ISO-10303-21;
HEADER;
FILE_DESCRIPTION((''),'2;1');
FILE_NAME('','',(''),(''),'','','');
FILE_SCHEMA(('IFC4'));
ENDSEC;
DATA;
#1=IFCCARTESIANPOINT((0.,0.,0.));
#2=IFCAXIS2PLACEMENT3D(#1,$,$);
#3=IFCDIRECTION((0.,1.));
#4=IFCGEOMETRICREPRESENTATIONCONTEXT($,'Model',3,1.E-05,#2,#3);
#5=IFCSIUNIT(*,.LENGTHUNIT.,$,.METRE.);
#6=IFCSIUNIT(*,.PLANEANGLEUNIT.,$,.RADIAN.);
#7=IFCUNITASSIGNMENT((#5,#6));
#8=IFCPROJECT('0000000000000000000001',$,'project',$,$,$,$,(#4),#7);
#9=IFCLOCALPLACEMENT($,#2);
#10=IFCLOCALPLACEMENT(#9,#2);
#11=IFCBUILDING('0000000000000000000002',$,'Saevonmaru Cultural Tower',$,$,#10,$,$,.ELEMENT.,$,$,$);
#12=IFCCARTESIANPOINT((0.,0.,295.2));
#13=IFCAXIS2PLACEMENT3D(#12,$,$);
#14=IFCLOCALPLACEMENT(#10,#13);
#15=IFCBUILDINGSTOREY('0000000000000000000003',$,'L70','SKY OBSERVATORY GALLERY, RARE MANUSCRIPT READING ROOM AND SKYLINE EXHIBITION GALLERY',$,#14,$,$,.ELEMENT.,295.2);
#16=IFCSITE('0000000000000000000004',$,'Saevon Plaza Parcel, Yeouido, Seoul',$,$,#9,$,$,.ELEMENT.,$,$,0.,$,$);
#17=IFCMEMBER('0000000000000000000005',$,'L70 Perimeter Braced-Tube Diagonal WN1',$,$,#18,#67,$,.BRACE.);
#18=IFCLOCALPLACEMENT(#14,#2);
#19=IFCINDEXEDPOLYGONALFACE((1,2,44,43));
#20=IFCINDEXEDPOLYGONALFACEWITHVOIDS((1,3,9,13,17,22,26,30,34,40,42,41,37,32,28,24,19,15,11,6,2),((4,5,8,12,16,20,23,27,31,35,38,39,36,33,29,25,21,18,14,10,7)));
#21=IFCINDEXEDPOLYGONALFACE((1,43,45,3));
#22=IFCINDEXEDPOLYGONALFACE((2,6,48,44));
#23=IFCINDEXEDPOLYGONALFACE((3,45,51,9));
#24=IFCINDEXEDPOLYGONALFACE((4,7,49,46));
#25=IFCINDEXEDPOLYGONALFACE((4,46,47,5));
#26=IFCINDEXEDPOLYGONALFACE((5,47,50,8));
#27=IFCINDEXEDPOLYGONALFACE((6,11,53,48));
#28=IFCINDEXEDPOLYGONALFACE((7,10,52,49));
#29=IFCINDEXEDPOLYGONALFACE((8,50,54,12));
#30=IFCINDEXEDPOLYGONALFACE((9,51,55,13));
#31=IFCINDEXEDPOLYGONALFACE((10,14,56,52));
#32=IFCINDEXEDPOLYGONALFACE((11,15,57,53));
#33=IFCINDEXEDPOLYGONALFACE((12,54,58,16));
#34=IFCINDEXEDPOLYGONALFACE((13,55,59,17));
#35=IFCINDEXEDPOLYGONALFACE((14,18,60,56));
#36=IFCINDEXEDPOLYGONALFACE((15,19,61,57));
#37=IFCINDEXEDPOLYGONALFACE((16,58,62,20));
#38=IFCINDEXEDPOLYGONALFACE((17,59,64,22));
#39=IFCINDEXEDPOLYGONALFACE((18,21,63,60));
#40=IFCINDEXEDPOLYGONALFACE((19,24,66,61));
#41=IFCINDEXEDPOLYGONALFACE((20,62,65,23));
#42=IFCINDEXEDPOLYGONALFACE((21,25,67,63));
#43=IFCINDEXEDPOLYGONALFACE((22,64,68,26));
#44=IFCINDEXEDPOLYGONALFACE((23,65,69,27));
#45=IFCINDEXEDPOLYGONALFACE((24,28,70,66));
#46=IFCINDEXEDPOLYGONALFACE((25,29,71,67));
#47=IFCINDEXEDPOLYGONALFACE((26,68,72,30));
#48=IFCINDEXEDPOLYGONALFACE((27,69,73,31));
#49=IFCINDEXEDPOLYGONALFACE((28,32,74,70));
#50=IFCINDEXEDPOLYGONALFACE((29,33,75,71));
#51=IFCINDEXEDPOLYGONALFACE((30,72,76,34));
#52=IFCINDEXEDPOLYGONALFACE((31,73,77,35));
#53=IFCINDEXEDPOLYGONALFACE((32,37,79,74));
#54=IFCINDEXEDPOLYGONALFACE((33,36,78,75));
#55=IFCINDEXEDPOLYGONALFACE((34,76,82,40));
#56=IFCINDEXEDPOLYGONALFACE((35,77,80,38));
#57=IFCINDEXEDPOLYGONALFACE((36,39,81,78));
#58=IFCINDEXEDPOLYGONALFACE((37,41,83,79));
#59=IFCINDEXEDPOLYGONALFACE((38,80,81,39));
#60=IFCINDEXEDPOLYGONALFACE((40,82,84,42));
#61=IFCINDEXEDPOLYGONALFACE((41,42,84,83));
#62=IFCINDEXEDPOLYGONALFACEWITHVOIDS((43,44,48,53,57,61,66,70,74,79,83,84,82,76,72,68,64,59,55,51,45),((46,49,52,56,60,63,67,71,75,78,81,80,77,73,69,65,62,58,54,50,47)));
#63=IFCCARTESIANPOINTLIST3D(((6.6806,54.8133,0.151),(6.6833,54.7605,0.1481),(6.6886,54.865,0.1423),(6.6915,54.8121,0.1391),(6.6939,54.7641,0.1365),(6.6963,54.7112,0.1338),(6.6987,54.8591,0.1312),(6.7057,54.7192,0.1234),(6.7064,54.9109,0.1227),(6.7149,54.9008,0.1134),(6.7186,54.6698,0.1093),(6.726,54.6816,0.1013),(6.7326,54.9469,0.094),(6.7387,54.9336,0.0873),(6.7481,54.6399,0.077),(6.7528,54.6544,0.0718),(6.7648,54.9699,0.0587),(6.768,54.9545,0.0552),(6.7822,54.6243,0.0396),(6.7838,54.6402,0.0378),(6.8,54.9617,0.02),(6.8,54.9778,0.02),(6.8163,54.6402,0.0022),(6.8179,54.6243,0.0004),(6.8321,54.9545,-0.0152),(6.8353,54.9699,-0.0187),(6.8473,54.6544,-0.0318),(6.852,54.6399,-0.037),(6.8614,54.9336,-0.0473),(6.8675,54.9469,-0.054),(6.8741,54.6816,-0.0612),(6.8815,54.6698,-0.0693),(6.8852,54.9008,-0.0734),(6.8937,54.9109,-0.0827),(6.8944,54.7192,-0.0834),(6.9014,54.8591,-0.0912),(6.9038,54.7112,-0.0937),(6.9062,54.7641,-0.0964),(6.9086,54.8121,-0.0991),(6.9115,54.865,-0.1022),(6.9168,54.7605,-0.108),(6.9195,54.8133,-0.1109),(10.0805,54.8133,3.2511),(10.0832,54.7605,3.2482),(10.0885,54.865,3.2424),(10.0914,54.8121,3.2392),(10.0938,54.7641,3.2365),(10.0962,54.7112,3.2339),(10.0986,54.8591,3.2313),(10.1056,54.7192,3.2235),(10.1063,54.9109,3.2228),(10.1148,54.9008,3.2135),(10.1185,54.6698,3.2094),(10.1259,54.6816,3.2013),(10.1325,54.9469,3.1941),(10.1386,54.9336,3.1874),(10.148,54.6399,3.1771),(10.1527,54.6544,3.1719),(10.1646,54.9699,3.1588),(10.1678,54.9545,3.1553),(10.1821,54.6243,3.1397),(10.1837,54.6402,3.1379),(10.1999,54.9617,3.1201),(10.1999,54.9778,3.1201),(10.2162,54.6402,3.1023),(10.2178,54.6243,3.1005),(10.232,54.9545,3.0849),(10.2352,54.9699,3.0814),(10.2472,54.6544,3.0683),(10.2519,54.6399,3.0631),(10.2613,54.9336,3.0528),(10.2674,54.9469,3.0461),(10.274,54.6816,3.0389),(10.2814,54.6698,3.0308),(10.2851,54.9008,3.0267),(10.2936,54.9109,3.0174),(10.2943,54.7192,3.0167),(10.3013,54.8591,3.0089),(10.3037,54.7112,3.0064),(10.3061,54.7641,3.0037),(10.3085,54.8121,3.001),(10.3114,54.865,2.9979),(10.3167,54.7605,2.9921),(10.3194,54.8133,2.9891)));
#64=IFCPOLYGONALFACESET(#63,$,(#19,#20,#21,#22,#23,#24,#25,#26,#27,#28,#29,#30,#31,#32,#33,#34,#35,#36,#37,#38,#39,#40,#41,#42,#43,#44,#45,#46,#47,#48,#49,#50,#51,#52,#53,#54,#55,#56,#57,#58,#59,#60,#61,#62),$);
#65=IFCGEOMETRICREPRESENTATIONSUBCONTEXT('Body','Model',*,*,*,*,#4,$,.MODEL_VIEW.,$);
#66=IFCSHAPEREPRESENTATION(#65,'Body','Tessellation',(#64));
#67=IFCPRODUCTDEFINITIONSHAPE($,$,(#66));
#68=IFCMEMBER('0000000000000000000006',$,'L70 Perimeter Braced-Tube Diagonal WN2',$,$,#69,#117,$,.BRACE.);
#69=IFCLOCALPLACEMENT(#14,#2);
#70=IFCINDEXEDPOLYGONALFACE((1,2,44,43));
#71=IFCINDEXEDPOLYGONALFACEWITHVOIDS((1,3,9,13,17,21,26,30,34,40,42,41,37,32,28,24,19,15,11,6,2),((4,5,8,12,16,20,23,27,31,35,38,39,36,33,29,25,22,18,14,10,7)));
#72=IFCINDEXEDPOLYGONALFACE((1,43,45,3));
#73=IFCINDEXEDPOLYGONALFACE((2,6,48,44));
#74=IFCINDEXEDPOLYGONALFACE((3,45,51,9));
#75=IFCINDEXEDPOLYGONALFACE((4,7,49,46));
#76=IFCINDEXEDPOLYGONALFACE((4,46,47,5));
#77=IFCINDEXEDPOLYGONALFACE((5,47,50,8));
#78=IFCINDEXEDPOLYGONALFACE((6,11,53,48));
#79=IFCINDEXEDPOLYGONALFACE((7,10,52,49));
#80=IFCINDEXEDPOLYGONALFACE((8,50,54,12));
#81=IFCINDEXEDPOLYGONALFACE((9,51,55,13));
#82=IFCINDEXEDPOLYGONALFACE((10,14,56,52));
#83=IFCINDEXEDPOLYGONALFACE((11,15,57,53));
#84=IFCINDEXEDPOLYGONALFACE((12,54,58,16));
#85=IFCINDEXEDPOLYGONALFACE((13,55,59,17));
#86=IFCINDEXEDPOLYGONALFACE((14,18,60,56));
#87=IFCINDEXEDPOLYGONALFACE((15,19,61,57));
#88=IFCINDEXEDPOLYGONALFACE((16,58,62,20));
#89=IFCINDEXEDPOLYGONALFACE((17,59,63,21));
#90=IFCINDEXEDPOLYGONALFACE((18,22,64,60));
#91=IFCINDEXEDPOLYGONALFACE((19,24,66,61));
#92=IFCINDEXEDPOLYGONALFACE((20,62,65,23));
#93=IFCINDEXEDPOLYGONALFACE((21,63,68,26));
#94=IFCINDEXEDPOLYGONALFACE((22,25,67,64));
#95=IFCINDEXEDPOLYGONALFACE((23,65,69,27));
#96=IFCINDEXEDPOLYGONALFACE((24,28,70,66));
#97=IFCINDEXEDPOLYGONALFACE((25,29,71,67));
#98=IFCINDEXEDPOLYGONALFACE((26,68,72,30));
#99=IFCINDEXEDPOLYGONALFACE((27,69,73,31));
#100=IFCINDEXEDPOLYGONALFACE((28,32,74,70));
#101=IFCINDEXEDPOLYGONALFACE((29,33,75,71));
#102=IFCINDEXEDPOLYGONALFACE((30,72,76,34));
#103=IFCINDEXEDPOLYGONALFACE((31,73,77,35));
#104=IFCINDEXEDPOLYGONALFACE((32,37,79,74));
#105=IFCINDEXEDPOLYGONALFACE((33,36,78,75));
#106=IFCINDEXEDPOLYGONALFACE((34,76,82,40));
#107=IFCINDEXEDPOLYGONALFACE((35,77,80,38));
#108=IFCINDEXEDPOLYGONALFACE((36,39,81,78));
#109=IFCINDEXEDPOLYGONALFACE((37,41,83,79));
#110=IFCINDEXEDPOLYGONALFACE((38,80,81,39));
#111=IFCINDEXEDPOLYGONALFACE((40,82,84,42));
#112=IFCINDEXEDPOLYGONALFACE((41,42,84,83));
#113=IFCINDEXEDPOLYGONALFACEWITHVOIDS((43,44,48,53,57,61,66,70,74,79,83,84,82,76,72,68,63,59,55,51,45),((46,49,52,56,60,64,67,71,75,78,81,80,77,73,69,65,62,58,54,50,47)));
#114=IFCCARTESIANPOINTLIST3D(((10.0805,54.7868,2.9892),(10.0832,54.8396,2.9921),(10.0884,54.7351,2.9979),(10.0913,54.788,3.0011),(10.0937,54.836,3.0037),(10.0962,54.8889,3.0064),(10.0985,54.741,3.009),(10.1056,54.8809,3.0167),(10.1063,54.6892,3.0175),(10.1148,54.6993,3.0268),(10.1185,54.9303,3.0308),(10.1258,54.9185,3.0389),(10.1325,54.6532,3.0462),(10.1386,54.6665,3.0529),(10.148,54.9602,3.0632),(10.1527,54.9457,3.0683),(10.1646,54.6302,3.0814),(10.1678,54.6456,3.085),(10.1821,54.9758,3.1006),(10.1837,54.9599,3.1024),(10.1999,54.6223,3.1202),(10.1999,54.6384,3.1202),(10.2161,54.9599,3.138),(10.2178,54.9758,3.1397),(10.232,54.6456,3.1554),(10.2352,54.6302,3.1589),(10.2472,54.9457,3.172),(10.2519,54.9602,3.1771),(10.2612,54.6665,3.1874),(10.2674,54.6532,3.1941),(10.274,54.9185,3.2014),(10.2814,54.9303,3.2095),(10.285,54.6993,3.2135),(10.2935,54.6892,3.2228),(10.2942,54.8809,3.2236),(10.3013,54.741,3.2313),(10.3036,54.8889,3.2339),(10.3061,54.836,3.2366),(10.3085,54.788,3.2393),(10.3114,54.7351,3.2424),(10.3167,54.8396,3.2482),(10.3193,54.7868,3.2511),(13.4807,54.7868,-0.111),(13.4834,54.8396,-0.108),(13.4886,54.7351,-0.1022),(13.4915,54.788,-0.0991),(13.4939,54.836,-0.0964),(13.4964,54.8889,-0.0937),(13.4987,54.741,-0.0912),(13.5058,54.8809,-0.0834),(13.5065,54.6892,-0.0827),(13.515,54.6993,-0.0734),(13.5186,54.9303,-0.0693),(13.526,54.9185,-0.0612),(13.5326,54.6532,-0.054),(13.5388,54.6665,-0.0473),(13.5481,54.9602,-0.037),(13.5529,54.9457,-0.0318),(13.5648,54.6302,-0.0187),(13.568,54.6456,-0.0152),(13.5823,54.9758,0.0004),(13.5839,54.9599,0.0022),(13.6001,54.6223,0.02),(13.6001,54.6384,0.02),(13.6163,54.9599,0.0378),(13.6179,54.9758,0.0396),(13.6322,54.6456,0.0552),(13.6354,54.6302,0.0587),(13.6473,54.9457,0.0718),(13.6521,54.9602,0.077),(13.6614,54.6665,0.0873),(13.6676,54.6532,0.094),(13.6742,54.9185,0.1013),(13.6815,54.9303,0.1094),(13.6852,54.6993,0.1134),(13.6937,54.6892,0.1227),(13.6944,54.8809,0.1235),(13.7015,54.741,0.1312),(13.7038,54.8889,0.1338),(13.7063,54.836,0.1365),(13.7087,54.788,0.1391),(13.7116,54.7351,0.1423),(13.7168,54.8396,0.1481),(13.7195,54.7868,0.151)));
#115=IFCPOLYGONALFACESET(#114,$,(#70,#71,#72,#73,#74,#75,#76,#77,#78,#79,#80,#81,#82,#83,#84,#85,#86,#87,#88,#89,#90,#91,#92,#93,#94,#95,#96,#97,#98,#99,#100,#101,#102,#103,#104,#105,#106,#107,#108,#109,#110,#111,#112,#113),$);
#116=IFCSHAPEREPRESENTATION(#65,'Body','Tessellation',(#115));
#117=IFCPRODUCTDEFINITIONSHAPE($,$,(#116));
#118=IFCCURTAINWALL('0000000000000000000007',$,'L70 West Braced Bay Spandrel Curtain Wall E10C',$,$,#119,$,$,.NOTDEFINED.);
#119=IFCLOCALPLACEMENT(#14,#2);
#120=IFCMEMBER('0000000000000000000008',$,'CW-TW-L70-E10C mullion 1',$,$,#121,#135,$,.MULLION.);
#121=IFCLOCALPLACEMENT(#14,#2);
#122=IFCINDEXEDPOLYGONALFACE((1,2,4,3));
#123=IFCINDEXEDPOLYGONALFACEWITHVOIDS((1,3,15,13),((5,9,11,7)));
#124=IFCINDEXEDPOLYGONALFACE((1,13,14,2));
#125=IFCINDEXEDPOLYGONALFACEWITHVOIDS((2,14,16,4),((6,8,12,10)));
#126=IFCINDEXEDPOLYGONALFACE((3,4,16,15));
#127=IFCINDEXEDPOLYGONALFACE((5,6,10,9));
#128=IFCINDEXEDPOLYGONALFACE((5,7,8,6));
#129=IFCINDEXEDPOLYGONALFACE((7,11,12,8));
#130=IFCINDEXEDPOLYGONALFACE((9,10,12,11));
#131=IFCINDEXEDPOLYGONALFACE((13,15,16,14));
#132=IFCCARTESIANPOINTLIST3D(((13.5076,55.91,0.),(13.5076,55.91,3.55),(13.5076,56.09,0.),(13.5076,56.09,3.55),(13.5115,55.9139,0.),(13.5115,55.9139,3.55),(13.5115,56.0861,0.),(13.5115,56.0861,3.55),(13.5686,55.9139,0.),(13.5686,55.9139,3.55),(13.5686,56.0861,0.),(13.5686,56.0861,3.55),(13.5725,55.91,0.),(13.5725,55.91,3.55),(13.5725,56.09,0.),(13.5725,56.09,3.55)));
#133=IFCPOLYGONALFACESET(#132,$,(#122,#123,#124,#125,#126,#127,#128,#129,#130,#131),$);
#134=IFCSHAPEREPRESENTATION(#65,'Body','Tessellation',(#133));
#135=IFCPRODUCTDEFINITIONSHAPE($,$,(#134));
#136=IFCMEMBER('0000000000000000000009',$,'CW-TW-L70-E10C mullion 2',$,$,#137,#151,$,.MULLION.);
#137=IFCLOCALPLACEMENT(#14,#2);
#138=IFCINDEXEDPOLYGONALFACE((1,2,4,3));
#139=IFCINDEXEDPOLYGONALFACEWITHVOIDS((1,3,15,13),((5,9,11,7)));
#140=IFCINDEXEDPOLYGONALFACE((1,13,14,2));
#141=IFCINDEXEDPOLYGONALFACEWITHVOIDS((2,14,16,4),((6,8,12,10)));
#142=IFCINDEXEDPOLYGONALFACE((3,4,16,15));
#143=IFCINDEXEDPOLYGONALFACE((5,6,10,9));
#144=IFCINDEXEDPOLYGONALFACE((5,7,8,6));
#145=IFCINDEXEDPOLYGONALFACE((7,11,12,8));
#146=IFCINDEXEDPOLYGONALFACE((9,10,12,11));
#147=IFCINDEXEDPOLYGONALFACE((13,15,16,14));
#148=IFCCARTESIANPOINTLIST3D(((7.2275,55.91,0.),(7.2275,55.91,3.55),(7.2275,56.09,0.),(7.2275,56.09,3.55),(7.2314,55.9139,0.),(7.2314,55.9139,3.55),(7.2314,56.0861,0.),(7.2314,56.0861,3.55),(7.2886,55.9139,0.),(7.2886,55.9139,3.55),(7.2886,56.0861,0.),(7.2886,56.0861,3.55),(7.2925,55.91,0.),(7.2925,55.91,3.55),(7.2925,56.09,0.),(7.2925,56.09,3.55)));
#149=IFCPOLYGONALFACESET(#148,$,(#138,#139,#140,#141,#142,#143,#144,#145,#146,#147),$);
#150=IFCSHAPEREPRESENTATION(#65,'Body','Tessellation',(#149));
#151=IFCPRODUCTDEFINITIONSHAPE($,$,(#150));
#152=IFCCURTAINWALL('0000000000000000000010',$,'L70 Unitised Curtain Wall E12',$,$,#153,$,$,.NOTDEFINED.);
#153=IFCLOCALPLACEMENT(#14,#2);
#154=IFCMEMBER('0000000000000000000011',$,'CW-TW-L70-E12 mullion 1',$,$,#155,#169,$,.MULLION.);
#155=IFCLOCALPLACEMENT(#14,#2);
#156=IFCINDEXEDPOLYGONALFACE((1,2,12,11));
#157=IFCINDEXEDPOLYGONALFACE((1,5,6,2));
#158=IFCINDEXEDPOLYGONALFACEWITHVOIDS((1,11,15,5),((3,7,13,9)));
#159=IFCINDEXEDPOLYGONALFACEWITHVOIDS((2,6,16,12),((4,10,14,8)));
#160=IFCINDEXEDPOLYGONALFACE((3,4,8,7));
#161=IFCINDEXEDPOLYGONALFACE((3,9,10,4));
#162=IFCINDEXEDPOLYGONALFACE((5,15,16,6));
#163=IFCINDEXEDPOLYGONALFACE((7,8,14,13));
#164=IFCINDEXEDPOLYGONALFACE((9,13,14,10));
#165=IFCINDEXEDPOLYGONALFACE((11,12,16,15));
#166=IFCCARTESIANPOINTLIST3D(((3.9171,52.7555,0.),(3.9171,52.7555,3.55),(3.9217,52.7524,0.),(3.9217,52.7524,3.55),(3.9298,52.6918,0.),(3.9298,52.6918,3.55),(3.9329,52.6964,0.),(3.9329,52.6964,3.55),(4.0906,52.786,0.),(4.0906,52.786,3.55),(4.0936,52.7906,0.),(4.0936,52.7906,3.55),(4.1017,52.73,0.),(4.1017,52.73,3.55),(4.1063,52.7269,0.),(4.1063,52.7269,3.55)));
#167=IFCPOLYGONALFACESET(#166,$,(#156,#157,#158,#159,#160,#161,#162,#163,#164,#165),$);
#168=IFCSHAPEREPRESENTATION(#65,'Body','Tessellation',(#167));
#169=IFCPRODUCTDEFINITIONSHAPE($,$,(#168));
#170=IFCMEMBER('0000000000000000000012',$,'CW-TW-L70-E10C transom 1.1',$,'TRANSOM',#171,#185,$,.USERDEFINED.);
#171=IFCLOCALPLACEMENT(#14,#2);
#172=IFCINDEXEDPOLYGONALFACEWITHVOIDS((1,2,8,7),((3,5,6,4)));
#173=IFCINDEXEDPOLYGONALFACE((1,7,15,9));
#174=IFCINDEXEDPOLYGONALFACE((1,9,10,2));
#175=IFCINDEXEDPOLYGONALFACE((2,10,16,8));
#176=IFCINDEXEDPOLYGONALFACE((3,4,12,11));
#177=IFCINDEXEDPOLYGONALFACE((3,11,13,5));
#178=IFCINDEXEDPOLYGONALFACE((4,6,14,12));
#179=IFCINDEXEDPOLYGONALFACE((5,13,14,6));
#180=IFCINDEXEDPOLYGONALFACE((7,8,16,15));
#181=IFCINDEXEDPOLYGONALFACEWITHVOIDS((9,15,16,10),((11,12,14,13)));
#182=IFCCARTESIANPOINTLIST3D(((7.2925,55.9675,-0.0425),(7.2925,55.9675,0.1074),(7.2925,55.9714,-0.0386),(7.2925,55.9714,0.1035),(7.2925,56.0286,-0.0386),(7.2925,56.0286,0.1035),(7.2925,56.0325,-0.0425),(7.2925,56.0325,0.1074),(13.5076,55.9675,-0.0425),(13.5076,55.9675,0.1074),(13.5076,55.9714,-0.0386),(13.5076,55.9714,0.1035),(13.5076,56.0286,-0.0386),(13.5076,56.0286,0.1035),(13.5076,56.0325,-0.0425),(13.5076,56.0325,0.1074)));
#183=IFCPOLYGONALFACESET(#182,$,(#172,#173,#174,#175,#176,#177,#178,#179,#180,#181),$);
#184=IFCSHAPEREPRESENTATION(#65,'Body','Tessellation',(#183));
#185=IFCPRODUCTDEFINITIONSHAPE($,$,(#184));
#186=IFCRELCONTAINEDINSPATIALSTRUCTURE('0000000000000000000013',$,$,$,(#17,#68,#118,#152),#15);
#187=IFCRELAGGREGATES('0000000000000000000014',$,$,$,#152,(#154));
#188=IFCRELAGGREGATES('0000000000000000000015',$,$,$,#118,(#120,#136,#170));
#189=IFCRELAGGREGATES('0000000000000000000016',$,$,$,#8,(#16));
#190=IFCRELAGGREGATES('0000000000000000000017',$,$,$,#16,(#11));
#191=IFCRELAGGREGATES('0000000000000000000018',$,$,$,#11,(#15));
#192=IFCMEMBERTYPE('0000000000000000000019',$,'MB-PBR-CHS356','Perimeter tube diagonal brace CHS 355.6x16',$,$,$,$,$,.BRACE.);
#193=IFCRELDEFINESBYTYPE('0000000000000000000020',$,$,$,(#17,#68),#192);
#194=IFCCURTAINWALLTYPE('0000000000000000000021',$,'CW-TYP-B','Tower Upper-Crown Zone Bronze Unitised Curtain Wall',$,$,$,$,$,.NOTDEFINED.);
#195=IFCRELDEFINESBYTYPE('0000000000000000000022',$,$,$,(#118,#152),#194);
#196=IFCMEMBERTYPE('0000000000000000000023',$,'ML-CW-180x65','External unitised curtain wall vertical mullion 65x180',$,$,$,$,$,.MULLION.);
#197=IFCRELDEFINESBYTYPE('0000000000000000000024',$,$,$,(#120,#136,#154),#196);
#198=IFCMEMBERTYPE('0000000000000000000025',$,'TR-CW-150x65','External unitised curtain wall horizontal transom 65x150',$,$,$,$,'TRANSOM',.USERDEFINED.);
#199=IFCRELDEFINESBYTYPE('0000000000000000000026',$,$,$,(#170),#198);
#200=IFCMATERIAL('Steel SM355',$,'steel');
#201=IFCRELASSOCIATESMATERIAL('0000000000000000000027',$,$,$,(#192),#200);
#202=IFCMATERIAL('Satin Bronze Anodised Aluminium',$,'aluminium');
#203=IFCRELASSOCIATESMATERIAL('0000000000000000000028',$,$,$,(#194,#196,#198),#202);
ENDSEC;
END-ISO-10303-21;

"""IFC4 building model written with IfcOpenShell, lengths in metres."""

from ifc_helpers import new_model, si_unit, direction, frame, origin, origin_2d, place, context, subcontext, project, spatial, hollow_rectangle, hollow_circle, extrude, material, material_profile, profile_set, type_object, element, aggregate, save


model = new_model("IFC4")

# Units and contexts
model_context = context("Model", 3, precision=1e-05, world=origin(), true_north=direction((0.0, 1.0)))
body_context = subcontext(model_context, "Body", "Model", "MODEL_VIEW")
ifc_project = project(units=[si_unit("LENGTHUNIT", "METRE"), si_unit("PLANEANGLEUNIT", "RADIAN")], contexts=[model_context])

# Site, building, storey
site_placement = place(None, origin())
site = spatial("IfcSite", under=ifc_project, at=site_placement, Name="Saevon Plaza Parcel, Yeouido, Seoul", CompositionType="ELEMENT", RefElevation=0.0)
building_placement = place(site_placement, origin())
building = spatial("IfcBuilding", under=site, at=building_placement, Name="Saevonmaru Cultural Tower", CompositionType="ELEMENT")
storey_placement = place(building_placement, frame((0.0, 0.0, 295.2)))
storey = spatial("IfcBuildingStorey", under=building, at=storey_placement, Name="L70", Description="SKY OBSERVATORY GALLERY, RARE MANUSCRIPT READING ROOM AND SKYLINE EXHIBITION GALLERY", CompositionType="ELEMENT", Elevation=295.2)

# Shared definitions
ifc_material_1 = material(Name="Steel SM355", Category="steel")

# Members
ifc_material_profile_1 = material_profile(ifc_material_1, hollow_circle(Radius=0.1777, WallThickness=0.0161, at=origin_2d()), Name="CHS-355.6x16")
ifc_profile_set_1 = profile_set([ifc_material_profile_1], Name="Steel SM355")
member_type_1 = type_object("IfcMemberType", Name="MB-PBR-CHS356", Description="Perimeter tube diagonal brace CHS 355.6x16", PredefinedType="BRACE", material=ifc_profile_set_1)
member_1_placement = place(storey_placement, frame((6.8, 54.8, 0.02), z_axis=(0.738936, 0.0, 0.673776), x_axis=(0.0, 1.0, 0.0)))
element("IfcMember", 1, at=member_1_placement, inside=storey, type_object=member_type_1, Name="L70 Perimeter Braced-Tube Diagonal WN1", PredefinedType="BRACE", context=body_context, shape_type="SweptSolid", body=[
    extrude(hollow_circle(Radius=0.1777, WallThickness=0.0161, at=origin_2d()), origin(), (0.0, 0.0, 1.0), 4.6011),
])
member_2_placement = place(storey_placement, frame((13.6001, 54.8, 0.02), z_axis=(-0.73896, 0.0, 0.67375), x_axis=(0.0, -1.0, 0.0)))
element("IfcMember", 2, at=member_2_placement, inside=storey, type_object=member_type_1, Name="L70 Perimeter Braced-Tube Diagonal WN2", PredefinedType="BRACE", context=body_context, shape_type="SweptSolid", body=[
    extrude(hollow_circle(Radius=0.1777, WallThickness=0.0161, at=origin_2d()), origin(), (0.0, 0.0, 1.0), 4.6013),
])

# Curtain wall, members
ifc_material_2 = material(Name="Satin Bronze Anodised Aluminium", Category="aluminium")
curtain_wall_type = type_object("IfcCurtainWallType", Name="CW-TYP-B", Description="Tower Upper-Crown Zone Bronze Unitised Curtain Wall", PredefinedType="NOTDEFINED", material=ifc_material_2)
curtain_wall_1_placement = place(storey_placement, origin())
curtain_wall_1 = element("IfcCurtainWall", 3, at=curtain_wall_1_placement, inside=storey, type_object=curtain_wall_type, Name="L70 West Braced Bay Spandrel Curtain Wall E10C", PredefinedType="NOTDEFINED")
ifc_material_profile_2 = material_profile(ifc_material_2, hollow_rectangle(XDim=0.0649, YDim=0.1799, WallThickness=0.0039, at=origin_2d()), Name="ALU-MULL-180x65x4")
ifc_profile_set_2 = profile_set([ifc_material_profile_2], Name="Satin Bronze Anodised Aluminium")
member_type_2 = type_object("IfcMemberType", Name="ML-CW-180x65", Description="External unitised curtain wall vertical mullion 65x180", PredefinedType="MULLION", material=ifc_profile_set_2)
member_3_placement = place(storey_placement, frame((13.54, 56.0, 0.0), z_axis=(0.0, 0.0, 1.0), x_axis=(-1.0, 0.0, 0.0)))
member_3 = element("IfcMember", 4, at=member_3_placement, type_object=member_type_2, Name="CW-TW-L70-E10C mullion 1", PredefinedType="MULLION", context=body_context, shape_type="SweptSolid", body=[
    extrude(hollow_rectangle(XDim=0.0649, YDim=0.1799, WallThickness=0.0039, at=origin_2d()), origin(), (0.0, 0.0, 1.0), 3.55),
])
member_4_placement = place(storey_placement, frame((7.26, 56.0, 0.0), z_axis=(0.0, 0.0, 1.0), x_axis=(-1.0, 0.0, 0.0)))
member_4 = element("IfcMember", 5, at=member_4_placement, type_object=member_type_2, Name="CW-TW-L70-E10C mullion 2", PredefinedType="MULLION", context=body_context, shape_type="SweptSolid", body=[
    extrude(hollow_rectangle(XDim=0.0649, YDim=0.1799, WallThickness=0.0039, at=origin_2d()), origin(), (0.0, 0.0, 1.0), 3.55),
])

# Curtain wall, member
curtain_wall_2_placement = place(storey_placement, origin())
curtain_wall_2 = element("IfcCurtainWall", 6, at=curtain_wall_2_placement, inside=storey, type_object=curtain_wall_type, Name="L70 Unitised Curtain Wall E12", PredefinedType="NOTDEFINED")
member_5_placement = place(storey_placement, frame((4.0117, 52.7412, 0.0), z_axis=(0.0, 0.0, 1.0), x_axis=(0.195005, -0.980802, 0.0)))
member_5 = element("IfcMember", 7, at=member_5_placement, type_object=member_type_2, Name="CW-TW-L70-E12 mullion 1", PredefinedType="MULLION", context=body_context, shape_type="SweptSolid", body=[
    extrude(hollow_rectangle(XDim=0.0649, YDim=0.1799, WallThickness=0.0039, at=origin_2d()), origin(), (0.0, 0.0, 1.0), 3.55),
])

# Member
ifc_material_profile_3 = material_profile(ifc_material_2, hollow_rectangle(XDim=0.0649, YDim=0.1499, WallThickness=0.0039, at=origin_2d()), Name="ALU-TRAN-150x65x4")
ifc_profile_set_3 = profile_set([ifc_material_profile_3], Name="Satin Bronze Anodised Aluminium")
member_type_3 = type_object("IfcMemberType", Name="TR-CW-150x65", Description="External unitised curtain wall horizontal transom 65x150", ElementType="TRANSOM", PredefinedType="USERDEFINED", material=ifc_profile_set_3)
member_6_placement = place(storey_placement, frame((13.5076, 56.0, 0.0325), z_axis=(-1.0, 0.0, 0.0), x_axis=(0.0, -1.0, 0.0)))
member_6 = element("IfcMember", 8, at=member_6_placement, type_object=member_type_3, Name="CW-TW-L70-E10C transom 1.1", ObjectType="TRANSOM", PredefinedType="USERDEFINED", context=body_context, shape_type="SweptSolid", body=[
    extrude(hollow_rectangle(XDim=0.0649, YDim=0.1499, WallThickness=0.0039, at=origin_2d()), origin(), (0.0, 0.0, 1.0), 6.2151),
])

aggregate(curtain_wall_2, [member_5])
aggregate(curtain_wall_1, [member_3, member_4, member_6])

save(model, "model.ifc")
